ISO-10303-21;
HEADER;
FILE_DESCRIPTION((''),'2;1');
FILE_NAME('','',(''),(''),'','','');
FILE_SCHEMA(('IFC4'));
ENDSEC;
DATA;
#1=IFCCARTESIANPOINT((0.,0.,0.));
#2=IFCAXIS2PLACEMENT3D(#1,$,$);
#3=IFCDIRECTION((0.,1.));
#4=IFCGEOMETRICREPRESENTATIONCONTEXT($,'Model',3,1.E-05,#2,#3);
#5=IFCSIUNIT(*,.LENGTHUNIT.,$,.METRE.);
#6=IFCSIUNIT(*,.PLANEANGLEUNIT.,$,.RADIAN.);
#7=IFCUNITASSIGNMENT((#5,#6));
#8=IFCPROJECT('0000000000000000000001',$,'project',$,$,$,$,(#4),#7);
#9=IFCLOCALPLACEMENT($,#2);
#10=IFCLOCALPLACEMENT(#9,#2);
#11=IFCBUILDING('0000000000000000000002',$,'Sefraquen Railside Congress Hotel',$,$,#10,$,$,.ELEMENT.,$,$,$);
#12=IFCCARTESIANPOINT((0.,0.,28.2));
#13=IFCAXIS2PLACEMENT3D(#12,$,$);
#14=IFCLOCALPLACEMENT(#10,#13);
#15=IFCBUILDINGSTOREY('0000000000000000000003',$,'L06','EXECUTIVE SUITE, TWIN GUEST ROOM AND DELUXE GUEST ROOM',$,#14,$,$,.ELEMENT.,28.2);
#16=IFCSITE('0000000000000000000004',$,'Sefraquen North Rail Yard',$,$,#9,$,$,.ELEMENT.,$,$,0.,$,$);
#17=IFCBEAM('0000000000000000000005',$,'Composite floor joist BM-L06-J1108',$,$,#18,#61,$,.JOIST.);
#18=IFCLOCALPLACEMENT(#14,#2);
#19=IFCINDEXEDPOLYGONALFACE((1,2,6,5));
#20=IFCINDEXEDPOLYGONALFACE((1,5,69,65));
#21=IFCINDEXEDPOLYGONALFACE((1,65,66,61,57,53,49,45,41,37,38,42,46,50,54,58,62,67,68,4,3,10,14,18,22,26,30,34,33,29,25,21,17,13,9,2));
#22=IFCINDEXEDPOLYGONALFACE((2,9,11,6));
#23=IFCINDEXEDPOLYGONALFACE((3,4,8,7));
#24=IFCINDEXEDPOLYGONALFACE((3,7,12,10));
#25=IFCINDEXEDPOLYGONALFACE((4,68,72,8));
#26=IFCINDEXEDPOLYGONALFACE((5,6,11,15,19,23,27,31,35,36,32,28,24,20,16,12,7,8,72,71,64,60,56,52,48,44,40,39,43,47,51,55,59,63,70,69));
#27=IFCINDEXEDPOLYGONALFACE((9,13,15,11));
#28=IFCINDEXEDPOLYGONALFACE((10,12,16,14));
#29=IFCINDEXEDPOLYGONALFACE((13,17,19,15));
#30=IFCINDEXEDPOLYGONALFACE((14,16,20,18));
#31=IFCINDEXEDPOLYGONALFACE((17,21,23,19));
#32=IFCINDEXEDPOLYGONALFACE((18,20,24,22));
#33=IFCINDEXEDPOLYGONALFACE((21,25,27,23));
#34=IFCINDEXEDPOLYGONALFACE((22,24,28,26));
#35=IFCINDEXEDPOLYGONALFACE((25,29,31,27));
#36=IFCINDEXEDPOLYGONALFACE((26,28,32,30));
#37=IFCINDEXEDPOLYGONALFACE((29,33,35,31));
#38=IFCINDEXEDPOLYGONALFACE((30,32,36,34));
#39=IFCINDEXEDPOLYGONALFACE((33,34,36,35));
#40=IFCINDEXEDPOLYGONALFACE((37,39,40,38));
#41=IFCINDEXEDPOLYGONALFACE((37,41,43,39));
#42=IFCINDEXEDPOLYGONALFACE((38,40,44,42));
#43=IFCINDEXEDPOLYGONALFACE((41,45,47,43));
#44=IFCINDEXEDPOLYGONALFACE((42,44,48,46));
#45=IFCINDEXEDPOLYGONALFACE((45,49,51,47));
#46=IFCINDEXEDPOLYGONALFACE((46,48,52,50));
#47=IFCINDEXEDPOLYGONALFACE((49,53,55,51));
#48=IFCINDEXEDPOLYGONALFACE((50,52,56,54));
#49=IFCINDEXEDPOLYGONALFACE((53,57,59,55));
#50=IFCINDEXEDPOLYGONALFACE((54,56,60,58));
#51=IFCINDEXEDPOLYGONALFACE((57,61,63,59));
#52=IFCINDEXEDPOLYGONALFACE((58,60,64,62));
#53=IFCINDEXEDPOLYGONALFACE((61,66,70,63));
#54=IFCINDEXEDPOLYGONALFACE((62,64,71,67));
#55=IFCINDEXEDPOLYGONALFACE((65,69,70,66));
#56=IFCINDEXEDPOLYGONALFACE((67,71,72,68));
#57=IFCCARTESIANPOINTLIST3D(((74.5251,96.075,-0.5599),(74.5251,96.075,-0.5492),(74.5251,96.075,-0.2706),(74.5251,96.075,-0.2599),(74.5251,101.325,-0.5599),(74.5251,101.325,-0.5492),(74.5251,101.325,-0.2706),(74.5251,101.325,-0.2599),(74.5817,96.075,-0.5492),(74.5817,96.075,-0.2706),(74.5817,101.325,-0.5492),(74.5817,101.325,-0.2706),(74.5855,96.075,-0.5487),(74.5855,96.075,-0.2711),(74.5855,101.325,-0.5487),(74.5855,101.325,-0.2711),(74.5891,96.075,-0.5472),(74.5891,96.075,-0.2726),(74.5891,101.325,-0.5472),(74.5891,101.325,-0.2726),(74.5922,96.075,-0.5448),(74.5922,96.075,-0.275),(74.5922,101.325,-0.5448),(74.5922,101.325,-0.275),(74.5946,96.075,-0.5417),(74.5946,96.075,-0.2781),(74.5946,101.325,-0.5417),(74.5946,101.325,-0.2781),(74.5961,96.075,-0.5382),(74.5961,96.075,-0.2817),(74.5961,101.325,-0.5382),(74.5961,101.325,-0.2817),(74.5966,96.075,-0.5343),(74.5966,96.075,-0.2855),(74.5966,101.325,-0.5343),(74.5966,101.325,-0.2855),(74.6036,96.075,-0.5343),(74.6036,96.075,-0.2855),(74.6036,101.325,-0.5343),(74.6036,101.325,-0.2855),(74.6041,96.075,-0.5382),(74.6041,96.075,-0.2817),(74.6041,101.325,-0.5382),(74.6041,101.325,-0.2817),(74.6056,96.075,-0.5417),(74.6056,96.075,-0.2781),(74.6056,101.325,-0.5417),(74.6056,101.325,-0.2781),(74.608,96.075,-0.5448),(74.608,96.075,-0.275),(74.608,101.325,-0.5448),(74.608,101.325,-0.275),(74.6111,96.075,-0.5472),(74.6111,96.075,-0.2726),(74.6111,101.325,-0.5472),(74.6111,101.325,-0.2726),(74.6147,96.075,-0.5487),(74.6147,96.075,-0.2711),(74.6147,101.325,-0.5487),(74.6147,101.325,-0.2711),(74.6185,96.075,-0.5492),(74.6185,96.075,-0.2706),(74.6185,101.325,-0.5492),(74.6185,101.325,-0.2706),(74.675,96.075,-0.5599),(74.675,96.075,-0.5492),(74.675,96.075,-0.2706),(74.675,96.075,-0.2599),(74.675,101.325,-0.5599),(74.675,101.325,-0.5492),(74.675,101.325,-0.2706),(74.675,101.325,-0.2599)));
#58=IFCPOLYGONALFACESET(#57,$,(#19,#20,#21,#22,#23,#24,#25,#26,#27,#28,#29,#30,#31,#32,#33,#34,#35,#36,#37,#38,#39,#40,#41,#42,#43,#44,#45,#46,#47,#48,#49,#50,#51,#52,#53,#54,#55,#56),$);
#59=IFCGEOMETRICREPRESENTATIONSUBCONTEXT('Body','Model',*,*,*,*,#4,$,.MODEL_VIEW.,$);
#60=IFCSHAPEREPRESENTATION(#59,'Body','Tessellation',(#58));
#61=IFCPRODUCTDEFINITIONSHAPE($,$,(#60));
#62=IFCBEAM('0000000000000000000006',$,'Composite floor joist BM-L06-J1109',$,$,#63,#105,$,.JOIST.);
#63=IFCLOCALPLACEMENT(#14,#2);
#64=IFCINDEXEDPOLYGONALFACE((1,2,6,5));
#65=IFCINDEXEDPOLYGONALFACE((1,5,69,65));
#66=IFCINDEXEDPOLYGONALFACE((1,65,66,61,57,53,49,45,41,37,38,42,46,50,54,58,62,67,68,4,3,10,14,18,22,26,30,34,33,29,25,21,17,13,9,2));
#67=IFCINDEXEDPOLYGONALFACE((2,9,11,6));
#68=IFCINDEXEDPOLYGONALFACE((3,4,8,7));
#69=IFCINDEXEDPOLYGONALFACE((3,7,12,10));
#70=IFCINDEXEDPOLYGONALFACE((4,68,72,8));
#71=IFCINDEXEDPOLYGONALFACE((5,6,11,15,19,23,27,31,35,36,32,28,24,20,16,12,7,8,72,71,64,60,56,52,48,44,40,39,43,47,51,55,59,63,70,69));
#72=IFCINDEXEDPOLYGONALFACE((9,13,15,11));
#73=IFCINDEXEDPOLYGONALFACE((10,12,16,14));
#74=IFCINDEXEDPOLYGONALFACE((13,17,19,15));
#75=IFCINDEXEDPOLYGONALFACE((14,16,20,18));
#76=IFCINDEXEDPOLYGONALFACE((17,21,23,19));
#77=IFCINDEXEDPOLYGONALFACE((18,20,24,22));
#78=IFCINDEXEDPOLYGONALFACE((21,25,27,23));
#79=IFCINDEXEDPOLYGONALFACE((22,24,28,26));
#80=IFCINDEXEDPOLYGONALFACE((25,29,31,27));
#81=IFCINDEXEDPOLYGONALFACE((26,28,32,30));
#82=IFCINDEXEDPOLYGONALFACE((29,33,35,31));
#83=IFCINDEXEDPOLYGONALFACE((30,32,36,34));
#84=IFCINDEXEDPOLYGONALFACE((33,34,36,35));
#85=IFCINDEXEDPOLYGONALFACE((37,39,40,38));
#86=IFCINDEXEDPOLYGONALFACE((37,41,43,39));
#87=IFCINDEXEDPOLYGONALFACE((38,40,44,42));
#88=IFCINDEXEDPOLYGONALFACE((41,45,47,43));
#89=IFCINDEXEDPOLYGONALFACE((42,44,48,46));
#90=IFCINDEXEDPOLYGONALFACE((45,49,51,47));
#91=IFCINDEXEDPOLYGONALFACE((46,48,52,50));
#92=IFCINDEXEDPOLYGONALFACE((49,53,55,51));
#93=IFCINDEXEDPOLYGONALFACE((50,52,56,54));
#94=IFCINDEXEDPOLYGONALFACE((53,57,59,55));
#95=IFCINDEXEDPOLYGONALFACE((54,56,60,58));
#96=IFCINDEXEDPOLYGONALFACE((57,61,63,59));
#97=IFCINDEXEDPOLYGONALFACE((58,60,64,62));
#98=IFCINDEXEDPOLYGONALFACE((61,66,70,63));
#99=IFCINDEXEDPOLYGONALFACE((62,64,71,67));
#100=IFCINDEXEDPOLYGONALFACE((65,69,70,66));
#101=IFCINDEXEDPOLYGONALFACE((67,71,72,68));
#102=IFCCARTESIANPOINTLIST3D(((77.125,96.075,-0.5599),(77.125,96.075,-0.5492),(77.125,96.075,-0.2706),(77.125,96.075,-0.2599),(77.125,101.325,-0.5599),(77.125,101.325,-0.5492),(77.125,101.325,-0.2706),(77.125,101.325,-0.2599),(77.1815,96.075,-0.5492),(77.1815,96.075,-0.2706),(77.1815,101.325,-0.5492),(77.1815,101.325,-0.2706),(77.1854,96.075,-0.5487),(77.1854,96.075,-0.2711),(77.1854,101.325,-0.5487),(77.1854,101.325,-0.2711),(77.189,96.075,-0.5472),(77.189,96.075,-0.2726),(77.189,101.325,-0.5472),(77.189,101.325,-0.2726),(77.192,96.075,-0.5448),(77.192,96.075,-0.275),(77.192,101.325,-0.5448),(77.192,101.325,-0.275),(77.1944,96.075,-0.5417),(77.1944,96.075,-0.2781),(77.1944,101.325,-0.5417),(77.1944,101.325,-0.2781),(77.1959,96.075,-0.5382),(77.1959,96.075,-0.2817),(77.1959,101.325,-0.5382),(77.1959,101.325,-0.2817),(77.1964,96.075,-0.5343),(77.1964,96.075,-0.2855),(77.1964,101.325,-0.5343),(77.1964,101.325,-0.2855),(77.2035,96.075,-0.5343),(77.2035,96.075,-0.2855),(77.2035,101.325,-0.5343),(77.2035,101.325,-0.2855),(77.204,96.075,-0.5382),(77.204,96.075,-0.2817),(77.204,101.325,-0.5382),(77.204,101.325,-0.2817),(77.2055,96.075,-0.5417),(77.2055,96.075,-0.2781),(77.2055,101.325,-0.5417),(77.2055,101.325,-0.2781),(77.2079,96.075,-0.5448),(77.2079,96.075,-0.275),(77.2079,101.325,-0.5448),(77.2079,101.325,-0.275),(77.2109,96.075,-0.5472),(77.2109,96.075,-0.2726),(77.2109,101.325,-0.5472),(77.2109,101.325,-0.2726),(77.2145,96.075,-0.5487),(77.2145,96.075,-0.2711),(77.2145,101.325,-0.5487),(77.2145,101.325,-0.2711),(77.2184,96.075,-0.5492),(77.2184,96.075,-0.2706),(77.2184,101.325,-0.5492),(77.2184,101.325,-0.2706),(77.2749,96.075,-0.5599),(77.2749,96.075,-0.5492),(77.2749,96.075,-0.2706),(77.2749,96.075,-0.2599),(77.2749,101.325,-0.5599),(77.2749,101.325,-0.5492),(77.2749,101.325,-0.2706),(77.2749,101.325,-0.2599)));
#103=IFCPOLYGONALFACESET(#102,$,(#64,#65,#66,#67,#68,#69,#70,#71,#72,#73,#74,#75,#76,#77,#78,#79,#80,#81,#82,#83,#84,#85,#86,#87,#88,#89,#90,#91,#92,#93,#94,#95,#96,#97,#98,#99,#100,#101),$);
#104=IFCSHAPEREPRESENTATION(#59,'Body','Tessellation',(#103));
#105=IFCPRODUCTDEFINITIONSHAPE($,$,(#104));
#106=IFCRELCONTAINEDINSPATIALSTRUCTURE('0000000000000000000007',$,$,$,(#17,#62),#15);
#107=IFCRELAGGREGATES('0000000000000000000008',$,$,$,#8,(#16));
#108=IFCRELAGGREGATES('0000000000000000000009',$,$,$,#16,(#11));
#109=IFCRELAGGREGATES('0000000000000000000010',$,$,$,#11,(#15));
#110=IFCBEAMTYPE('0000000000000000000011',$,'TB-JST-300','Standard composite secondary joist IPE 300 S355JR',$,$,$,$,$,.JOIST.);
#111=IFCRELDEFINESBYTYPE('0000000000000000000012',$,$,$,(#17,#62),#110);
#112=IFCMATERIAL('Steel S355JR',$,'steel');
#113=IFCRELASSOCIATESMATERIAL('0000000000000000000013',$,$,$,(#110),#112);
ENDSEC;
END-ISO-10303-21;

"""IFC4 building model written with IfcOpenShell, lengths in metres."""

from ifc_helpers import new_model, si_unit, direction, frame, origin, origin_2d, place, context, subcontext, project, spatial, i_section, extrude, material, material_profile, profile_set, type_object, element, save


model = new_model("IFC4")

# Units and contexts
model_context = context("Model", 3, precision=1e-05, world=origin(), true_north=direction((0.0, 1.0)))
body_context = subcontext(model_context, "Body", "Model", "MODEL_VIEW")
ifc_project = project(units=[si_unit("LENGTHUNIT", "METRE"), si_unit("PLANEANGLEUNIT", "RADIAN")], contexts=[model_context])

# Site, building, storey
site_placement = place(None, origin())
site = spatial("IfcSite", under=ifc_project, at=site_placement, Name="Sefraquen North Rail Yard", CompositionType="ELEMENT", RefElevation=0.0)
building_placement = place(site_placement, origin())
building = spatial("IfcBuilding", under=site, at=building_placement, Name="Sefraquen Railside Congress Hotel", CompositionType="ELEMENT")
storey_placement = place(building_placement, frame((0.0, 0.0, 28.2)))
storey = spatial("IfcBuildingStorey", under=building, at=storey_placement, Name="L06", Description="EXECUTIVE SUITE, TWIN GUEST ROOM AND DELUXE GUEST ROOM", CompositionType="ELEMENT", Elevation=28.2)

# Shared definitions
ifc_material = material(Name="Steel S355JR", Category="steel")

# Beams
ifc_material_profile_1 = material_profile(ifc_material, i_section(OverallWidth=0.1499, OverallDepth=0.3, WebThickness=0.0071, FlangeThickness=0.0107, FilletRadius=0.0149, at=origin_2d()), Name="IPE 300")
ifc_profile_set_1 = profile_set([ifc_material_profile_1], Name="Steel S355JR")
beam_type_1 = type_object("IfcBeamType", Name="TB-JST-300", Description="Standard composite secondary joist IPE 300 S355JR", PredefinedType="JOIST", material=ifc_profile_set_1)
for number, where, z_axis, x_axis, name in (
    (1, (74.6001, 96.075, -0.4099), (0.0, 1.0, 0.0), (-1.0, 0.0, 0.0), "Composite floor joist BM-L06-J1108"),
    (2, (77.2, 96.075, -0.4099), (0.0, 1.0, 0.0), (-1.0, 0.0, 0.0), "Composite floor joist BM-L06-J1109"),
):
    element("IfcBeam", number, at=place(storey_placement, frame(where, z_axis=z_axis, x_axis=x_axis)), inside=storey, type_object=beam_type_1, Name=name, PredefinedType="JOIST", context=body_context, shape_type="SweptSolid", body=[
        extrude(i_section(OverallWidth=0.1499, OverallDepth=0.3, WebThickness=0.0071, FlangeThickness=0.0107, FilletRadius=0.0149, at=origin_2d()), origin(), (0.0, 0.0, 1.0), 5.25),
    ])

save(model, "model.ifc")
